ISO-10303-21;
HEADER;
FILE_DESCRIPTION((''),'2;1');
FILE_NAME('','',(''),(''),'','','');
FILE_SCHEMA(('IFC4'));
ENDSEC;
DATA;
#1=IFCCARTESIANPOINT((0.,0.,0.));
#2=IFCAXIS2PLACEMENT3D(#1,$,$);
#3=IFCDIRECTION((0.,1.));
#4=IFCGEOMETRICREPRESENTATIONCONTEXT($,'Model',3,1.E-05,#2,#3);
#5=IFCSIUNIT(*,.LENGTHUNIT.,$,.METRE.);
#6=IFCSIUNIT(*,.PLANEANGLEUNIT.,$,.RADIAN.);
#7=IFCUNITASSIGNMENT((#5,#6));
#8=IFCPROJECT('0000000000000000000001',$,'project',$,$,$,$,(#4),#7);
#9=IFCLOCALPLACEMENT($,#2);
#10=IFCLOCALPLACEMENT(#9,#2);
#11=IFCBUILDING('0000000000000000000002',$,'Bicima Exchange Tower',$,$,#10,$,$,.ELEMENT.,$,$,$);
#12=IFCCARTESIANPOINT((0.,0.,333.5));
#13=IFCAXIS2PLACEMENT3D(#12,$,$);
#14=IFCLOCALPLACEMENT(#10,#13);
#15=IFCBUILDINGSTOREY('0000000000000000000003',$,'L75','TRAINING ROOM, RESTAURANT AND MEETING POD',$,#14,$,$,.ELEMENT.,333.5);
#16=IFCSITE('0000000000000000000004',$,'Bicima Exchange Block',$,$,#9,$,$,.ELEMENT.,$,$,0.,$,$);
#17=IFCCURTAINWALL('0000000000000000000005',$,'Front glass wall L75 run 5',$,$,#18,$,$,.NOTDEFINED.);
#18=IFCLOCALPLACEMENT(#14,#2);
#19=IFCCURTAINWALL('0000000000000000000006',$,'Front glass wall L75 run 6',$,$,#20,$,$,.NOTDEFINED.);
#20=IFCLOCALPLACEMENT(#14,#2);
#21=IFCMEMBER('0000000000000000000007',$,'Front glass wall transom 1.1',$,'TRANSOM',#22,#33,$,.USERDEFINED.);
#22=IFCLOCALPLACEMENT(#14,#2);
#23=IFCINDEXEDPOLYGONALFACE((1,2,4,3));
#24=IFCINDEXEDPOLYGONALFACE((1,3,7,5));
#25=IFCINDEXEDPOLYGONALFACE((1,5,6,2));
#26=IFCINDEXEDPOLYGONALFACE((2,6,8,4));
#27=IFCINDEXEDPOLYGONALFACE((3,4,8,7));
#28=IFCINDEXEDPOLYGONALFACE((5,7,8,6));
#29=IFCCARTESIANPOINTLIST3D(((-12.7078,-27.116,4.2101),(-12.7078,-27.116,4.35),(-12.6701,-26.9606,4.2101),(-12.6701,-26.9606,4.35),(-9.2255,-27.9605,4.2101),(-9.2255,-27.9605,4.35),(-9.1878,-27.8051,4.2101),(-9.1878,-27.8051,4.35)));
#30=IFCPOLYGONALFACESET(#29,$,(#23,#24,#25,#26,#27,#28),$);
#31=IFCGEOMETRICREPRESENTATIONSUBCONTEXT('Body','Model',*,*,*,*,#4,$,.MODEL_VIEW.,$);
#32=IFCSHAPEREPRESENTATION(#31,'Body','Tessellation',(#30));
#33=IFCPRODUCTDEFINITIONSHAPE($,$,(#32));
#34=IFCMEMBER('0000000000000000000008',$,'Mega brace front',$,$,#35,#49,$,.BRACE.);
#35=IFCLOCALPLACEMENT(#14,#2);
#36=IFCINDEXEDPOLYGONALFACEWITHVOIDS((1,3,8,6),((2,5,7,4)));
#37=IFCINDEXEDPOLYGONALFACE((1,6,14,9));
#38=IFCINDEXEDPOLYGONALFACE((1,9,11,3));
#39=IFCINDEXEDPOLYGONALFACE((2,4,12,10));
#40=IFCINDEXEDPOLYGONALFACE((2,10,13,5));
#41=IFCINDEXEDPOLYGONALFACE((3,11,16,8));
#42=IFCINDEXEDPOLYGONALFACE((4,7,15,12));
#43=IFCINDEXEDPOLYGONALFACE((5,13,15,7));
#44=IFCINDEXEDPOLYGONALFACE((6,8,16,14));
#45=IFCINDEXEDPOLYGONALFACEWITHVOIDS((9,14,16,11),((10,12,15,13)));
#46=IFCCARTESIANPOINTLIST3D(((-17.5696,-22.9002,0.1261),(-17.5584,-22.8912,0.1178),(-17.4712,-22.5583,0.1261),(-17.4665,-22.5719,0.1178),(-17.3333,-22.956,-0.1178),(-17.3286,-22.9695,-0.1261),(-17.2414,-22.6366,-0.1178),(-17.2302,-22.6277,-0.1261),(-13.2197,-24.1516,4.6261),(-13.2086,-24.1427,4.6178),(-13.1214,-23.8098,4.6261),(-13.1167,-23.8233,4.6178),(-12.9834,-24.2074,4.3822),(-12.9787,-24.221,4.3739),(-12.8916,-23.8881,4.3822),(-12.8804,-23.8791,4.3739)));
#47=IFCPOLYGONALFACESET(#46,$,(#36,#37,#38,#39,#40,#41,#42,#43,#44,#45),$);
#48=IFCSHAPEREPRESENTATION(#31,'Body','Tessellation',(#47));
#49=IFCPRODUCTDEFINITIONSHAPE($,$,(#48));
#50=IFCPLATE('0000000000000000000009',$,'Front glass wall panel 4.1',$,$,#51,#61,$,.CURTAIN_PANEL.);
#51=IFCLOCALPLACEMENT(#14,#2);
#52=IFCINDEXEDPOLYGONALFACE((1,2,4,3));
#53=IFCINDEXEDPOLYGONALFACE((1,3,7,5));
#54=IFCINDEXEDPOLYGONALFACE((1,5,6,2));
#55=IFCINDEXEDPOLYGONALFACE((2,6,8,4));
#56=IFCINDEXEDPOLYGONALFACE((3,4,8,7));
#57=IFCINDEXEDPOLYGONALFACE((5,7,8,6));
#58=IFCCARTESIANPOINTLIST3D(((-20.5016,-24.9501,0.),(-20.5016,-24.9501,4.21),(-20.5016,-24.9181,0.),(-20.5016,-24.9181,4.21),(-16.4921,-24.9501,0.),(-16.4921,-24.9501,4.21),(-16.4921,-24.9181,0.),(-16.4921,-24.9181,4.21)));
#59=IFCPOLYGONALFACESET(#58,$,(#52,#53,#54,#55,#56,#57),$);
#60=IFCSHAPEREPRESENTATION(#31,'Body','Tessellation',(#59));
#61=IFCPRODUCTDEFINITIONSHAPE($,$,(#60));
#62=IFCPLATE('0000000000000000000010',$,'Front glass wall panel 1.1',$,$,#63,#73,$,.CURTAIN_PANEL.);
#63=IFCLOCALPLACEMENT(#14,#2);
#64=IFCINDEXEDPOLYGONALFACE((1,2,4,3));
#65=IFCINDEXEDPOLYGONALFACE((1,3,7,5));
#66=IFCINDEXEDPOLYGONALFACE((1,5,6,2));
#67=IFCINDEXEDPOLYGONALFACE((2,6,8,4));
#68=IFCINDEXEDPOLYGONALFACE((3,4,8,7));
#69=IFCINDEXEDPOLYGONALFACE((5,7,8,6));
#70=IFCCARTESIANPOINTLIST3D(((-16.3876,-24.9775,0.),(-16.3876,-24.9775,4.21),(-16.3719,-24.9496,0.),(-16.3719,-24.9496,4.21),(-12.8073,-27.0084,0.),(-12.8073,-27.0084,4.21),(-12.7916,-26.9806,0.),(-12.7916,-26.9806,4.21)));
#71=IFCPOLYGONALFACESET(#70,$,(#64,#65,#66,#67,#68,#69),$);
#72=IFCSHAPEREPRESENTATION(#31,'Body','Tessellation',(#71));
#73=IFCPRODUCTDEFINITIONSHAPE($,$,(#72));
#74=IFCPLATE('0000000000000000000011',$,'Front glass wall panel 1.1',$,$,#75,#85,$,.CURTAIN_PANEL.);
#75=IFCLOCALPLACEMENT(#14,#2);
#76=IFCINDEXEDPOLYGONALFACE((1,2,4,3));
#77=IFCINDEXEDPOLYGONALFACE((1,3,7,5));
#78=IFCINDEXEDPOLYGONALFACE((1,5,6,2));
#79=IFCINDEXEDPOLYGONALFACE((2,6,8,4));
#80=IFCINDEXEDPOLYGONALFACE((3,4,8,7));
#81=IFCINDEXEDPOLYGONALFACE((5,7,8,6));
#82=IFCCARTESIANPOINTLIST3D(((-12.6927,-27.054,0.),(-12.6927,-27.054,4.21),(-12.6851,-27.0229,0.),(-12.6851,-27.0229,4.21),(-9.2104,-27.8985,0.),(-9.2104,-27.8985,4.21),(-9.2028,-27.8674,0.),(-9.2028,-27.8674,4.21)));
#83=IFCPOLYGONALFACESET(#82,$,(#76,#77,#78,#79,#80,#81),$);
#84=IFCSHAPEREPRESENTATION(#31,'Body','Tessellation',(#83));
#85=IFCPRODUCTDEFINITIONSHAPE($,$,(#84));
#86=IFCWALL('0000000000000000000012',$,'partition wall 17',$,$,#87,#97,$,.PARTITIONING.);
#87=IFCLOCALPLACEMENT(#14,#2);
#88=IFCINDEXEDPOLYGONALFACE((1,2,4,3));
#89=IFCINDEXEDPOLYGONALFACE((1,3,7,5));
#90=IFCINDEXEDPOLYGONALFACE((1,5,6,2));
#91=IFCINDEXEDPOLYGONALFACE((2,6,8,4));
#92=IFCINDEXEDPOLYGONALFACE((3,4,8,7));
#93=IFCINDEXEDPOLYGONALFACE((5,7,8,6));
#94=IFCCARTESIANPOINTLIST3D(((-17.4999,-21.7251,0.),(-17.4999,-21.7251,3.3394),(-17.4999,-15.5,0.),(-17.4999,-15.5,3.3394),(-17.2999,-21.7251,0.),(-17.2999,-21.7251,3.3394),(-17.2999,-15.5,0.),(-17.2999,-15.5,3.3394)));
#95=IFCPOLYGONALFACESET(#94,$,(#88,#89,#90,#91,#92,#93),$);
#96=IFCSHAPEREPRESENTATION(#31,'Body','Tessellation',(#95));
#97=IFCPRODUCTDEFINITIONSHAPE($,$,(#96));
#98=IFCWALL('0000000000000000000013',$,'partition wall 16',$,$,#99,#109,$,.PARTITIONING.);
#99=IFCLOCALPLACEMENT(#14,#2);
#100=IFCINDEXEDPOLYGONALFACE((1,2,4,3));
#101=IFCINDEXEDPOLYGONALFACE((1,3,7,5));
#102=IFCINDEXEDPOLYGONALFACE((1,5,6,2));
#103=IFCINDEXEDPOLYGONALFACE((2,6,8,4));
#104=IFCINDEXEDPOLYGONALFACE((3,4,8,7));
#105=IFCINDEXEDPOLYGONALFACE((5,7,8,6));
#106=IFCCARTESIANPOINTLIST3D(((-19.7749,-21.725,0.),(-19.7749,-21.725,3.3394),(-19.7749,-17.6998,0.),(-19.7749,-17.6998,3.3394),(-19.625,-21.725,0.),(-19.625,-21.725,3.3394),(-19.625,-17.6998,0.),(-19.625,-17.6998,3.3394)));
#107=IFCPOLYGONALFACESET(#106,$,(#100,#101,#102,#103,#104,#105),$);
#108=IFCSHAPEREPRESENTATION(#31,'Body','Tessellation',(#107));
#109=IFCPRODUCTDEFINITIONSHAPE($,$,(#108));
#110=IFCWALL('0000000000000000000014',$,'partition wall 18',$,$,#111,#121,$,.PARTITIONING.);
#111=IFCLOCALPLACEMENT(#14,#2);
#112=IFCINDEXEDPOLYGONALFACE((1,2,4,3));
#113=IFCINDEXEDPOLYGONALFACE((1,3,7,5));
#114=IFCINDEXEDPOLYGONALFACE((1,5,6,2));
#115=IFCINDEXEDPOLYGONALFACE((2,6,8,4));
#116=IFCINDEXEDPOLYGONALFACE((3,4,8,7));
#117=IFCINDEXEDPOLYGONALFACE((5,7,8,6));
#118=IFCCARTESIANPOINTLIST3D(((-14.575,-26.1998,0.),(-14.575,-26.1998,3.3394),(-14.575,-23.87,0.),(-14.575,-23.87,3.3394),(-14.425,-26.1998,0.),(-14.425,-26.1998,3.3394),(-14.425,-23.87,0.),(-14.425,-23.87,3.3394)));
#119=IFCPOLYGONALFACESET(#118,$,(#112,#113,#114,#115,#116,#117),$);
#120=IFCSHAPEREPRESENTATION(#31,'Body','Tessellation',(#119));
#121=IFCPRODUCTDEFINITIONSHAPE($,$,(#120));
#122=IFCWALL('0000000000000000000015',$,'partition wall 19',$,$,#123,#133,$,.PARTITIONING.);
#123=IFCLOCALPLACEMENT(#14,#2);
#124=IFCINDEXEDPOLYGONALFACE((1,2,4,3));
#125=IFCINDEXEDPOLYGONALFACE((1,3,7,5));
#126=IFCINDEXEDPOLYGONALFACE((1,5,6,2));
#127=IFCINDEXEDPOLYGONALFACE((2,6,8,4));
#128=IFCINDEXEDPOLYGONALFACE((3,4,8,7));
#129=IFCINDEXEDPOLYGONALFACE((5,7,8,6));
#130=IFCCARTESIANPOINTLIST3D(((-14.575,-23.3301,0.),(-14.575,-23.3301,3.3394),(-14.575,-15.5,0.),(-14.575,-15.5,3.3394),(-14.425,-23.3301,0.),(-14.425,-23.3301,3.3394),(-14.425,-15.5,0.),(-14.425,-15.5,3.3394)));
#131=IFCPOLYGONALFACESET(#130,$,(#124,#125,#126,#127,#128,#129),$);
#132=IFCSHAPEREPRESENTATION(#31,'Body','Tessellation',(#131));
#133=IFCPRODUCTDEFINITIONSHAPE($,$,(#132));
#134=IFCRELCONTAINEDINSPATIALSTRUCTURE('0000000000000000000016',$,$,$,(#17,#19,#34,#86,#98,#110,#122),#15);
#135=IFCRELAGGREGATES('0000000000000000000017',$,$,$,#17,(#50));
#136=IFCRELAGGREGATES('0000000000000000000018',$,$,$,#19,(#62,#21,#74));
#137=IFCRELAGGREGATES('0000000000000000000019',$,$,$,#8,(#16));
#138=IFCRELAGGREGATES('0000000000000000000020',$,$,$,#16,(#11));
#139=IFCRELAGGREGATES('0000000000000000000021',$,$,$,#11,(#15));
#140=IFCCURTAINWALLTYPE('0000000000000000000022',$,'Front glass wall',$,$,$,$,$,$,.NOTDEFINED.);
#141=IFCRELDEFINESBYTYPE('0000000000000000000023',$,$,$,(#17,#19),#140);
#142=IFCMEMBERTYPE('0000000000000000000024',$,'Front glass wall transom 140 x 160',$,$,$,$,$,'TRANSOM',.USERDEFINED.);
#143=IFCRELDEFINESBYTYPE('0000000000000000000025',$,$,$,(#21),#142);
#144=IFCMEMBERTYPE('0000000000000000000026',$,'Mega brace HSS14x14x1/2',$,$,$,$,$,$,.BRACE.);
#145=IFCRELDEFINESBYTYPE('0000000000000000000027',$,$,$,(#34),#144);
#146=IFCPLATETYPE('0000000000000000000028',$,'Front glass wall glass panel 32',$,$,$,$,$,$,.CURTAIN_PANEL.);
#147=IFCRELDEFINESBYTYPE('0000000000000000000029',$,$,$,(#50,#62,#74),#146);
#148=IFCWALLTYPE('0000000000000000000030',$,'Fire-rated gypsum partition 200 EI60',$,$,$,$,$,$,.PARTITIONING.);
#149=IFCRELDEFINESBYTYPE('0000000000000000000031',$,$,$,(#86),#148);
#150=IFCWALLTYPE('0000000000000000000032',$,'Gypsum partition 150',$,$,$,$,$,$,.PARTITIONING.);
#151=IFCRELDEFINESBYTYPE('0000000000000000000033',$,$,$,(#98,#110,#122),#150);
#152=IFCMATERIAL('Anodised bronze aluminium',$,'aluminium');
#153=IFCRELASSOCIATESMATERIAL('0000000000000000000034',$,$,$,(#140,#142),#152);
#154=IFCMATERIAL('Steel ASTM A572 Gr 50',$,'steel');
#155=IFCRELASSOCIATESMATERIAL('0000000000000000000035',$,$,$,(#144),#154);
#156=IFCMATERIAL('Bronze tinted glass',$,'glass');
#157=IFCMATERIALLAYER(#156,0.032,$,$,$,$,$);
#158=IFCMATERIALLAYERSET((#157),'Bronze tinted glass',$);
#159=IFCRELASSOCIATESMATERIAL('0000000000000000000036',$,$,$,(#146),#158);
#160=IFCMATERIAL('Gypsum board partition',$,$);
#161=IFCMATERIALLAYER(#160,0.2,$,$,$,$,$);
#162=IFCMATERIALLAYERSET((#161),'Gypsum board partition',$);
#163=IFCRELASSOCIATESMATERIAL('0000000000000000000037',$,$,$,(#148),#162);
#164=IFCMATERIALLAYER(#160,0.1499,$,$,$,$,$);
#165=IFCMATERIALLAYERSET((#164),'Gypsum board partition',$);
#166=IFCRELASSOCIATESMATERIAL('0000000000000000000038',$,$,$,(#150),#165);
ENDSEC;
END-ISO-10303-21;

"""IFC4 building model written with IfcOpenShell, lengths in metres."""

from ifc_helpers import new_model, si_unit, direction, frame, frame_2d, origin, origin_2d, place, context, subcontext, project, spatial, rectangle, hollow_rectangle, extrude, material, layer, layer_set, material_profile, profile_set, type_object, element, aggregate, save


model = new_model("IFC4")

# Units and contexts
model_context = context("Model", 3, precision=1e-05, world=origin(), true_north=direction((0.0, 1.0)))
body_context = subcontext(model_context, "Body", "Model", "MODEL_VIEW")
ifc_project = project(units=[si_unit("LENGTHUNIT", "METRE"), si_unit("PLANEANGLEUNIT", "RADIAN")], contexts=[model_context])

# Site, building, storey
site_placement = place(None, origin())
site = spatial("IfcSite", under=ifc_project, at=site_placement, Name="Bicima Exchange Block", CompositionType="ELEMENT", RefElevation=0.0)
building_placement = place(site_placement, origin())
building = spatial("IfcBuilding", under=site, at=building_placement, Name="Bicima Exchange Tower", CompositionType="ELEMENT")
storey_placement = place(building_placement, frame((0.0, 0.0, 333.5)))
storey = spatial("IfcBuildingStorey", under=building, at=storey_placement, Name="L75", Description="TRAINING ROOM, RESTAURANT AND MEETING POD", CompositionType="ELEMENT", Elevation=333.5)

# Curtain walls
ifc_material_1 = material(Name="Anodised bronze aluminium", Category="aluminium")
curtain_wall_type = type_object("IfcCurtainWallType", Name="Front glass wall", PredefinedType="NOTDEFINED", material=ifc_material_1)
curtain_wall_1_placement = place(storey_placement, origin())
curtain_wall_1 = element("IfcCurtainWall", 1, at=curtain_wall_1_placement, inside=storey, type_object=curtain_wall_type, Name="Front glass wall L75 run 5", PredefinedType="NOTDEFINED")
curtain_wall_2_placement = place(storey_placement, origin())
curtain_wall_2 = element("IfcCurtainWall", 2, at=curtain_wall_2_placement, inside=storey, type_object=curtain_wall_type, Name="Front glass wall L75 run 6", PredefinedType="NOTDEFINED")

# Members
ifc_material_profile_1 = material_profile(ifc_material_1, rectangle(XDim=0.1599, YDim=0.1399, at=origin_2d()))
ifc_profile_set_1 = profile_set([ifc_material_profile_1], Name="Anodised bronze aluminium")
member_type_1 = type_object("IfcMemberType", Name="Front glass wall transom 140 x 160", ElementType="TRANSOM", PredefinedType="USERDEFINED", material=ifc_profile_set_1)
member_1_placement = place(storey_placement, frame((-12.689, -27.0383, 4.28), z_axis=(0.971834, -0.235668, 0.0), x_axis=(0.235668, 0.971834, 0.0)))
member_1 = element("IfcMember", 3, at=member_1_placement, type_object=member_type_1, Name="Front glass wall transom 1.1", ObjectType="TRANSOM", PredefinedType="USERDEFINED", context=body_context, shape_type="SweptSolid", body=[
    extrude(rectangle(XDim=0.1599, YDim=0.1399, at=origin_2d()), origin(), (0.0, 0.0, 1.0), 3.5833),
])
ifc_material_2 = material(Name="Steel ASTM A572 Gr 50", Category="steel")
ifc_material_profile_2 = material_profile(ifc_material_2, hollow_rectangle(XDim=0.3557, YDim=0.3557, WallThickness=0.0117, at=origin_2d()))
ifc_profile_set_2 = profile_set([ifc_material_profile_2], Name="Steel ASTM A572 Gr 50")
member_type_2 = type_object("IfcMemberType", Name="Mega brace HSS14x14x1/2", PredefinedType="BRACE", material=ifc_profile_set_2)
member_2_placement = place(storey_placement, frame((-17.3999, -22.7639, 0.0), z_axis=(0.681519, -0.196075, 0.705044), x_axis=(0.276487, 0.961018, 0.0)))
element("IfcMember", 4, at=member_2_placement, inside=storey, type_object=member_type_2, Name="Mega brace front", PredefinedType="BRACE", context=body_context, shape_type="SweptSolid", body=[
    extrude(hollow_rectangle(XDim=0.3557, YDim=0.3557, WallThickness=0.0117, at=origin_2d()), origin(), (0.0, 0.0, 1.0), 6.3826),
])

# Plates
ifc_material_3 = material(Name="Bronze tinted glass", Category="glass")
ifc_layer_1 = layer(ifc_material_3, 0.032)
ifc_layer_set_1 = layer_set([ifc_layer_1], Name="Bronze tinted glass")
plate_type = type_object("IfcPlateType", Name="Front glass wall glass panel 32", PredefinedType="CURTAIN_PANEL", material=ifc_layer_set_1)
plate_1_placement = place(storey_placement, frame((-18.4968, -24.9341, 0.0), z_axis=(0.0, 0.0, 1.0), x_axis=(1.0, 0.0, 0.0)))
plate_1 = element("IfcPlate", 5, at=plate_1_placement, type_object=plate_type, Name="Front glass wall panel 4.1", PredefinedType="CURTAIN_PANEL", context=body_context, shape_type="SweptSolid", body=[
    extrude(rectangle(XDim=4.0095, YDim=0.032, at=origin_2d()), origin(), (0.0, 0.0, 1.0), 4.21),
])
aggregate(curtain_wall_1, [plate_1])
plate_2_placement = place(storey_placement, frame((-14.5896, -25.979, 0.0), z_axis=(0.0, 0.0, 1.0), x_axis=(0.869805, -0.493395, 0.0)))
plate_2 = element("IfcPlate", 6, at=plate_2_placement, type_object=plate_type, Name="Front glass wall panel 1.1", PredefinedType="CURTAIN_PANEL", context=body_context, shape_type="SweptSolid", body=[
    extrude(rectangle(XDim=4.1162, YDim=0.032, at=origin_2d()), origin(), (0.0, 0.0, 1.0), 4.21),
])
plate_3_placement = place(storey_placement, frame((-10.9478, -27.4607, 0.0), z_axis=(0.0, 0.0, 1.0), x_axis=(0.97183, -0.235682, 0.0)))
plate_3 = element("IfcPlate", 7, at=plate_3_placement, type_object=plate_type, Name="Front glass wall panel 1.1", PredefinedType="CURTAIN_PANEL", context=body_context, shape_type="SweptSolid", body=[
    extrude(rectangle(XDim=3.5833, YDim=0.032, at=origin_2d()), origin(), (0.0, 0.0, 1.0), 4.21),
])
aggregate(curtain_wall_2, [plate_2, member_1, plate_3])

# Walls
ifc_material_4 = material(Name="Gypsum board partition")
ifc_layer_2 = layer(ifc_material_4, 0.2)
ifc_layer_set_2 = layer_set([ifc_layer_2], Name="Gypsum board partition")
wall_type_1 = type_object("IfcWallType", Name="Fire-rated gypsum partition 200 EI60", PredefinedType="PARTITIONING", material=ifc_layer_set_2)
wall_1_placement = place(storey_placement, frame((-17.3999, -21.7251, 0.0), z_axis=(0.0, 0.0, 1.0), x_axis=(0.0, 1.0, 0.0)))
element("IfcWall", 8, at=wall_1_placement, inside=storey, type_object=wall_type_1, Name="partition wall 17", PredefinedType="PARTITIONING", context=body_context, shape_type="SweptSolid", body=[
    extrude(rectangle(XDim=6.2251, YDim=0.2, at=frame_2d((3.1125, 0.0))), origin(), (0.0, 0.0, 1.0), 3.3394),
])
ifc_layer_3 = layer(ifc_material_4, 0.1499)
ifc_layer_set_3 = layer_set([ifc_layer_3], Name="Gypsum board partition")
wall_type_2 = type_object("IfcWallType", Name="Gypsum partition 150", PredefinedType="PARTITIONING", material=ifc_layer_set_3)
wall_2_placement = place(storey_placement, frame((-19.7, -21.7251, 0.0), z_axis=(0.0, 0.0, 1.0), x_axis=(0.0, 1.0, 0.0)))
element("IfcWall", 9, at=wall_2_placement, inside=storey, type_object=wall_type_2, Name="partition wall 16", PredefinedType="PARTITIONING", context=body_context, shape_type="SweptSolid", body=[
    extrude(rectangle(XDim=4.0251, YDim=0.1499, at=frame_2d((2.0127, 0.0))), origin(), (0.0, 0.0, 1.0), 3.3394),
])
wall_3_placement = place(storey_placement, frame((-14.5, -26.2, 0.0), z_axis=(0.0, 0.0, 1.0), x_axis=(0.0, 1.0, 0.0)))
element("IfcWall", 10, at=wall_3_placement, inside=storey, type_object=wall_type_2, Name="partition wall 18", PredefinedType="PARTITIONING", context=body_context, shape_type="SweptSolid", body=[
    extrude(rectangle(XDim=2.3298, YDim=0.1499, at=frame_2d((1.165, 0.0))), origin(), (0.0, 0.0, 1.0), 3.3394),
])
wall_4_placement = place(storey_placement, frame((-14.5, -23.3301, 0.0), z_axis=(0.0, 0.0, 1.0), x_axis=(0.0, 1.0, 0.0)))
element("IfcWall", 11, at=wall_4_placement, inside=storey, type_object=wall_type_2, Name="partition wall 19", PredefinedType="PARTITIONING", context=body_context, shape_type="SweptSolid", body=[
    extrude(rectangle(XDim=7.8301, YDim=0.1499, at=frame_2d((3.915, 0.0))), origin(), (0.0, 0.0, 1.0), 3.3394),
])

save(model, "model.ifc")
